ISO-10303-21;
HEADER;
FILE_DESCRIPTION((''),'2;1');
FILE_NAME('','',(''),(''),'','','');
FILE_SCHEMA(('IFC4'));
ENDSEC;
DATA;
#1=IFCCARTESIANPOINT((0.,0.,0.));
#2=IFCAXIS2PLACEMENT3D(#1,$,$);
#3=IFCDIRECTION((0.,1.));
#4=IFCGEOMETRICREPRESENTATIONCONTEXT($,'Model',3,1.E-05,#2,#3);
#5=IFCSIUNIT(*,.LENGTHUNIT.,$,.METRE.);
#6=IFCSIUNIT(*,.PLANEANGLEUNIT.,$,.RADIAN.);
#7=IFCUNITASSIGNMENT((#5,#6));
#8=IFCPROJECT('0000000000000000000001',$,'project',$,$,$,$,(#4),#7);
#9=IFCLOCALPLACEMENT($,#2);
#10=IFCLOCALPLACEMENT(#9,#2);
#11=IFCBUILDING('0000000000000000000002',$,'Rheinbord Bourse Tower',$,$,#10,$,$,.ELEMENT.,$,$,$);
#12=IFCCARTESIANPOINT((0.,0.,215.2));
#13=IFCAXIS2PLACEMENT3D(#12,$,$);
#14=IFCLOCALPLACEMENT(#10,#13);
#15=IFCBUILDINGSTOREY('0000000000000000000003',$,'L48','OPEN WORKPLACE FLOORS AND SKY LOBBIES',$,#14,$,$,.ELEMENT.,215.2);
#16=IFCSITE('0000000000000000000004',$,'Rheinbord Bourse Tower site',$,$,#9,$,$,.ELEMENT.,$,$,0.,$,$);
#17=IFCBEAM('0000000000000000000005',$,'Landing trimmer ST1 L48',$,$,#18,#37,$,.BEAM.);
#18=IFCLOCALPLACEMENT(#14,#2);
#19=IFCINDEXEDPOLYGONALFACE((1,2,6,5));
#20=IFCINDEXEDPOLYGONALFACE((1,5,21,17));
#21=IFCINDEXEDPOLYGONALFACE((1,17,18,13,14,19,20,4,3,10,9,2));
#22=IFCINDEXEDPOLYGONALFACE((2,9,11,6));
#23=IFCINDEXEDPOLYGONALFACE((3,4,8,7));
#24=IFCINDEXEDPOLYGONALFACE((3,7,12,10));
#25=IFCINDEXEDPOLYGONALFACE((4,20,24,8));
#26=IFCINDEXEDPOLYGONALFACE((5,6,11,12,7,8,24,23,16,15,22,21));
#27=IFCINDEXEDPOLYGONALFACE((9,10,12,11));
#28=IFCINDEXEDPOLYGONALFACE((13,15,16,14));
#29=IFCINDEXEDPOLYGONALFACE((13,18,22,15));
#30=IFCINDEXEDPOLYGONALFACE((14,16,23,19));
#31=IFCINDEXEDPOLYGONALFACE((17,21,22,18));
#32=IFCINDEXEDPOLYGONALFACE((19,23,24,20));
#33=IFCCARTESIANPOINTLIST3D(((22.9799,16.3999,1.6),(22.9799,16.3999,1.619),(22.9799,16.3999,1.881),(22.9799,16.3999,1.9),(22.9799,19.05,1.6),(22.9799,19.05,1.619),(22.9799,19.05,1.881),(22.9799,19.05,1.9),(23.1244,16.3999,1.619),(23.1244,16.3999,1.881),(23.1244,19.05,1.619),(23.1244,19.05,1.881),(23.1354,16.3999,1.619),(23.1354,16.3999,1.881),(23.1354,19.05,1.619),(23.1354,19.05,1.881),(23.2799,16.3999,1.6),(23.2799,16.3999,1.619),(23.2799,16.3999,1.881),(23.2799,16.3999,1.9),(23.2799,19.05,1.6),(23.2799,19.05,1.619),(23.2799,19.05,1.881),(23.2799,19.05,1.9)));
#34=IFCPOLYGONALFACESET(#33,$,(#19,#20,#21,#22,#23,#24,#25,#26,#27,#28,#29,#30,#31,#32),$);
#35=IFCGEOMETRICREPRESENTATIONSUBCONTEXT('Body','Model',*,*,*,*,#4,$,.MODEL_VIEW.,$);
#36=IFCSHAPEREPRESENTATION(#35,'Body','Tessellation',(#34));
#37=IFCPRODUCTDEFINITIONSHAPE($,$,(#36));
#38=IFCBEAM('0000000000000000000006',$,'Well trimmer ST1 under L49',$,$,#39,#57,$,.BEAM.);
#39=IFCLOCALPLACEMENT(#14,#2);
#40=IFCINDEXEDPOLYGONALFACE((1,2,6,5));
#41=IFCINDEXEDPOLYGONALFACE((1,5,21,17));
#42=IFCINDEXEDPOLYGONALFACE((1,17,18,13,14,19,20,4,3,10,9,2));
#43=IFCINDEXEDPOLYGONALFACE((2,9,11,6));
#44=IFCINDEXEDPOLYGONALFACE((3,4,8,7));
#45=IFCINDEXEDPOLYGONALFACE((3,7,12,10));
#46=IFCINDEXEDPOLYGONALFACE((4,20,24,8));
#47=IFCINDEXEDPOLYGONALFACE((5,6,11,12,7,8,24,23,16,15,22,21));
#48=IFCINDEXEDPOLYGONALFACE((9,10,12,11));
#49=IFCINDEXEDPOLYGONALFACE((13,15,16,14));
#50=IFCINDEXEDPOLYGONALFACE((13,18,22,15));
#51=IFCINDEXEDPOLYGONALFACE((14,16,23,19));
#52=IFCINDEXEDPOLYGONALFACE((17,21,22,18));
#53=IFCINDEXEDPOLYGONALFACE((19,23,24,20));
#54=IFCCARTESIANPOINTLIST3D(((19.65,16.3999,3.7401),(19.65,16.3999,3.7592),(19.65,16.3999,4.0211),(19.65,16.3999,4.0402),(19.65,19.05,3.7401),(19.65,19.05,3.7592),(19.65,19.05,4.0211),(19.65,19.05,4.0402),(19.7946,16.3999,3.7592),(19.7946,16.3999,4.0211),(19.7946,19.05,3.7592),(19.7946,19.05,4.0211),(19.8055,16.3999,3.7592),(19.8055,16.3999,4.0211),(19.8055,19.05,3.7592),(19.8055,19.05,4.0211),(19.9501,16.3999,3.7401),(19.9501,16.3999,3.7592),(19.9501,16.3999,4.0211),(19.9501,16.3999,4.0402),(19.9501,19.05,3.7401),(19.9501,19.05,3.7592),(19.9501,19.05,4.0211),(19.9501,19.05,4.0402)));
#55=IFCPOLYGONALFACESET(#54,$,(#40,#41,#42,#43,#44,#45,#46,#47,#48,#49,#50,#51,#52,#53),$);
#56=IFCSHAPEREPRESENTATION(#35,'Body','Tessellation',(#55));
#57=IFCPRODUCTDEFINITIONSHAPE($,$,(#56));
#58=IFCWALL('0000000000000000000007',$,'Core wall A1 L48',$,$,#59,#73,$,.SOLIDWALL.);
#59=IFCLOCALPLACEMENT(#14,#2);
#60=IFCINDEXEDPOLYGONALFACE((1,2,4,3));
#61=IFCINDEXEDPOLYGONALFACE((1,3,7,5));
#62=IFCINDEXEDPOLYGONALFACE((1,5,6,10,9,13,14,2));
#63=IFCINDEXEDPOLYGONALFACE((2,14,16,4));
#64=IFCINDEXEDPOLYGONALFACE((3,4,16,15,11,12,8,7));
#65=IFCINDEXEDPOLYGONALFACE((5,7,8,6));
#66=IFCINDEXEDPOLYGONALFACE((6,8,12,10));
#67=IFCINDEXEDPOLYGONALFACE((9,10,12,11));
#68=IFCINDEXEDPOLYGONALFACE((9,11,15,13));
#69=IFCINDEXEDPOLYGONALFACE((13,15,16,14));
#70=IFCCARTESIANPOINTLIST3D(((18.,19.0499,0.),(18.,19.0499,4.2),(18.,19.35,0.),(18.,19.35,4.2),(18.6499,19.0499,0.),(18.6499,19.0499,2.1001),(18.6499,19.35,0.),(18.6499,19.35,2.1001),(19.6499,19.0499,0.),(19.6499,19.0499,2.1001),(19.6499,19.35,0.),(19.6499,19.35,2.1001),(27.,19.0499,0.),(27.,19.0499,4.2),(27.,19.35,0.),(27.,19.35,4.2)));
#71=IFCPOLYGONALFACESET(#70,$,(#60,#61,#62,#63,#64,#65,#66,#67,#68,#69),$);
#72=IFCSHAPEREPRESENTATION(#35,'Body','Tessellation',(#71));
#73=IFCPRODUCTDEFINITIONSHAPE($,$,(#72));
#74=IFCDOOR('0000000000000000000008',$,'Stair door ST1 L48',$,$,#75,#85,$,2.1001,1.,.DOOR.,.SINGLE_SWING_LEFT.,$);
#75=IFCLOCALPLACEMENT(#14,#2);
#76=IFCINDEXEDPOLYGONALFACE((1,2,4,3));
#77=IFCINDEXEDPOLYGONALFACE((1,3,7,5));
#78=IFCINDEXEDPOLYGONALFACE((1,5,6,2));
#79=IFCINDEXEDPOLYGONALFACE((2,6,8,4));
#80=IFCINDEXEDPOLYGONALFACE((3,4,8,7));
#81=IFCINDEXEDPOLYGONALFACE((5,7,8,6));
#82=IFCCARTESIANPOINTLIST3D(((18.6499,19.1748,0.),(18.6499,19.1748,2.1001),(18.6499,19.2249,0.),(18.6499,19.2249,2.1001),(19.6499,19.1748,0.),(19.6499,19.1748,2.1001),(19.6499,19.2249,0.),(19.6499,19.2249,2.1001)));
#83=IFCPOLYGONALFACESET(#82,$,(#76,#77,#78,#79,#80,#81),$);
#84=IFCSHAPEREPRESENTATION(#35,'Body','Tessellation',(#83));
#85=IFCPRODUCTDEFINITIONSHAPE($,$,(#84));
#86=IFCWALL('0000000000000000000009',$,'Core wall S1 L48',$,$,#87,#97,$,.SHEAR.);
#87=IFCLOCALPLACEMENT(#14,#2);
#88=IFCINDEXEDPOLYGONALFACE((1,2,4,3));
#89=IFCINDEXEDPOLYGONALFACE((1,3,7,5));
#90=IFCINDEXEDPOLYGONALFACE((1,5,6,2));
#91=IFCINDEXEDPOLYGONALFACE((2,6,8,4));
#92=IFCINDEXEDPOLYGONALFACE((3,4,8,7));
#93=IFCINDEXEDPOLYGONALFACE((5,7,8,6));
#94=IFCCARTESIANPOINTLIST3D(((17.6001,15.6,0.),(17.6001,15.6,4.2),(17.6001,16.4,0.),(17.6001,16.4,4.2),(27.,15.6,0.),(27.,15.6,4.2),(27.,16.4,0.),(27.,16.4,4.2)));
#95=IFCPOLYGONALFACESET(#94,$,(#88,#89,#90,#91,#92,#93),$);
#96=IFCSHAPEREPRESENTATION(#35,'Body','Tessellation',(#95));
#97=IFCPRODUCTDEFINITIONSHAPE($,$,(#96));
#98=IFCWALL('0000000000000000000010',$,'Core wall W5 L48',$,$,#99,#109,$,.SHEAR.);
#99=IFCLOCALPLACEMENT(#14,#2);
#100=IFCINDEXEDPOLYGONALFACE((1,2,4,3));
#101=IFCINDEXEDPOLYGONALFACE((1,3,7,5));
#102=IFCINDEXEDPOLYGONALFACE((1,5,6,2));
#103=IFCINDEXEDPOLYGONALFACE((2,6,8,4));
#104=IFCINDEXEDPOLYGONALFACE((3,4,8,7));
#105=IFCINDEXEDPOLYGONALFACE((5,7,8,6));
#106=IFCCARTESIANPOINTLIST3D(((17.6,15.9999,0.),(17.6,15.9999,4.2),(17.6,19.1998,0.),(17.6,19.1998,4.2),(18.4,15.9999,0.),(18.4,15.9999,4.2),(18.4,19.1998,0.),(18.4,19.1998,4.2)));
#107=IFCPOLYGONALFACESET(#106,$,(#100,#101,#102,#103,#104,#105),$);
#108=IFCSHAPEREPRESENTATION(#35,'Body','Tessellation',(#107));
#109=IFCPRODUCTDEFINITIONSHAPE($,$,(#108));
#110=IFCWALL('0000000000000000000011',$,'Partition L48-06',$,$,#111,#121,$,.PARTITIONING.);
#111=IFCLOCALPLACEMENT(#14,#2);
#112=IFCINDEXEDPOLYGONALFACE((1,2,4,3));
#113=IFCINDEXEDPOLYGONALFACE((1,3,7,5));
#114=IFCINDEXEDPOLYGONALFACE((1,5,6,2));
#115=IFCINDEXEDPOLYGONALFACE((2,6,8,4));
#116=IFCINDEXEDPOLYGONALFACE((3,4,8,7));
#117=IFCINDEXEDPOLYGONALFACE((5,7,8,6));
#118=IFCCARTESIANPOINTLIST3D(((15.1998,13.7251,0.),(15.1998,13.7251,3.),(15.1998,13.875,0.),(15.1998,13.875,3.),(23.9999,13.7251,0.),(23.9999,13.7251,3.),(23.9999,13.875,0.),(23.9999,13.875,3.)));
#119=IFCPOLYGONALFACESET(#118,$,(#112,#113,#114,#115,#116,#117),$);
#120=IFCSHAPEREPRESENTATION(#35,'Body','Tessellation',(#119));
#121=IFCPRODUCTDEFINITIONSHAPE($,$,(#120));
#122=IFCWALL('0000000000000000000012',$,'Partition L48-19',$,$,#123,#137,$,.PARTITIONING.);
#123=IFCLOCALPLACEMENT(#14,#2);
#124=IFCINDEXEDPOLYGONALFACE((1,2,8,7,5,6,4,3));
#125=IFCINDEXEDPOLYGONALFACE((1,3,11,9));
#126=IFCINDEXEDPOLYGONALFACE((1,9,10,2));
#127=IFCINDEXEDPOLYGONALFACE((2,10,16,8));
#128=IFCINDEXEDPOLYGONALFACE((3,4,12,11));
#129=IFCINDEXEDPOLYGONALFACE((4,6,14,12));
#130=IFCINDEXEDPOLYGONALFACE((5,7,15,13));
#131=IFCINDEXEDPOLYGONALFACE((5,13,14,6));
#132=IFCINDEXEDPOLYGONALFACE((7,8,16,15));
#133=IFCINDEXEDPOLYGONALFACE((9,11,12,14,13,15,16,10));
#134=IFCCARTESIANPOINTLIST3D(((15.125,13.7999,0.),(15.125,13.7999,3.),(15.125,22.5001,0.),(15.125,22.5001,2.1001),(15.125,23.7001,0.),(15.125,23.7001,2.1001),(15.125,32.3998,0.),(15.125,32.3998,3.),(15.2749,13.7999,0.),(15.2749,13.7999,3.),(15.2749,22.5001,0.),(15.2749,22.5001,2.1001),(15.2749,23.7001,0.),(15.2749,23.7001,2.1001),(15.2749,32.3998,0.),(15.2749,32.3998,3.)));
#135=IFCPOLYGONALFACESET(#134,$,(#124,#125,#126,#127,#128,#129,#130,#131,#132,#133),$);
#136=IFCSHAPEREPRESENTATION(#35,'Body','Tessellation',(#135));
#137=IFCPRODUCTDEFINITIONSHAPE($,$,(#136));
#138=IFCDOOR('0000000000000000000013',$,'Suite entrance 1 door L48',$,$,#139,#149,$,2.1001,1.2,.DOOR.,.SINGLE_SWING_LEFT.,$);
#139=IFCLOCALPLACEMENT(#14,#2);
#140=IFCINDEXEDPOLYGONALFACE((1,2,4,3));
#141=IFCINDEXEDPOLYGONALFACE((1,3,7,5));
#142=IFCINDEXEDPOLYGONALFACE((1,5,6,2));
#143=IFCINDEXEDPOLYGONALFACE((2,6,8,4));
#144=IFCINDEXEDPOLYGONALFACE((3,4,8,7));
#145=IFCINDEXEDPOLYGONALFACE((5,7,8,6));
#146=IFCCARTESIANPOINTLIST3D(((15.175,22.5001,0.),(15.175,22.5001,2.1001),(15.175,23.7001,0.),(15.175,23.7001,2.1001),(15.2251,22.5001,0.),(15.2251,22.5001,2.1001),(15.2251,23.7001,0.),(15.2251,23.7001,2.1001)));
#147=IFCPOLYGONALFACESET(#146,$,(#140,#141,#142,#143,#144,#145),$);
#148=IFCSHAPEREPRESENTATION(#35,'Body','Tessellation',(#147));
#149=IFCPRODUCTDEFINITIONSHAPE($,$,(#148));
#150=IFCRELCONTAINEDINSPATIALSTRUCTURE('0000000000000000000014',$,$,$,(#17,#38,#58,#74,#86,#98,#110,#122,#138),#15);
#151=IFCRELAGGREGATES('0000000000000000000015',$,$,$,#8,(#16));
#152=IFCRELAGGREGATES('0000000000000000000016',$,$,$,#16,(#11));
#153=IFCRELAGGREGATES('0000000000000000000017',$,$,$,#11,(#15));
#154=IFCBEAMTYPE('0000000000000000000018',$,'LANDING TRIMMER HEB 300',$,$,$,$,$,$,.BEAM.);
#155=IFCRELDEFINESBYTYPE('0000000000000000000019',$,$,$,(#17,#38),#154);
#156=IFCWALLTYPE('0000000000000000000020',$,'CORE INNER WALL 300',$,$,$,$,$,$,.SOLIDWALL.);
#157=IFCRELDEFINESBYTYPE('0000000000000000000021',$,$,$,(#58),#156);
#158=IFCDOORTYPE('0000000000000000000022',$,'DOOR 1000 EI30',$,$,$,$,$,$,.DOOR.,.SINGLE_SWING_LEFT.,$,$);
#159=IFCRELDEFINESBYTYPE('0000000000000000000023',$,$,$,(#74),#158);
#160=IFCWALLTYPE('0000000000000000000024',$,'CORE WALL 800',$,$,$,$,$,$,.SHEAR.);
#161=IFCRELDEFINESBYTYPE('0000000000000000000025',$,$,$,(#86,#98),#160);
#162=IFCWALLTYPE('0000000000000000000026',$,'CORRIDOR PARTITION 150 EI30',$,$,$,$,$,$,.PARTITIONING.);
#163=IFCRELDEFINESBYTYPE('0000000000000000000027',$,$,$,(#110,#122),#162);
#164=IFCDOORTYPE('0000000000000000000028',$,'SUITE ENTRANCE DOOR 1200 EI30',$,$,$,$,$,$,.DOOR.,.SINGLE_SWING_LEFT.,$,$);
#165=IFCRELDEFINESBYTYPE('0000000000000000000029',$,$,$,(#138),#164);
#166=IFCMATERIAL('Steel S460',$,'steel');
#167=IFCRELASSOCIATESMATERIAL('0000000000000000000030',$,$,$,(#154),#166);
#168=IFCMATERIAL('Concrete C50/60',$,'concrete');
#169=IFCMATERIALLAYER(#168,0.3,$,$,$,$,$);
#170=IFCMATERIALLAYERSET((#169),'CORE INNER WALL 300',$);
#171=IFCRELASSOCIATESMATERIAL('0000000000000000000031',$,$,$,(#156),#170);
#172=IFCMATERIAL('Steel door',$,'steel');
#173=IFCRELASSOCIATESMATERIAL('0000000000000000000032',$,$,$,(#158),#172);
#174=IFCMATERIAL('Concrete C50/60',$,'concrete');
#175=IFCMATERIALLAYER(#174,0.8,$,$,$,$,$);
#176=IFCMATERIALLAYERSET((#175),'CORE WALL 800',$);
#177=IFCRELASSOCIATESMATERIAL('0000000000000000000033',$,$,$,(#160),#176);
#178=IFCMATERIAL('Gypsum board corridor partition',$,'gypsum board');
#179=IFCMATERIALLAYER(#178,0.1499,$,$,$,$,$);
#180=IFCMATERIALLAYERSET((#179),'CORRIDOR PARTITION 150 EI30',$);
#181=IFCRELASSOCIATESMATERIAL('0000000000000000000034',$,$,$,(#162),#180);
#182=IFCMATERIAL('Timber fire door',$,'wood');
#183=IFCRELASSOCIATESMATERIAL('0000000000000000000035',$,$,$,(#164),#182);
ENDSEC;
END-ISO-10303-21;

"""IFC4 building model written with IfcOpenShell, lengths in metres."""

from ifc_helpers import new_model, si_unit, direction, frame, frame_2d, origin, origin_2d, place, context, subcontext, project, spatial, rectangle, i_section, extrude, material, layer, layer_set, material_profile, profile_set, type_object, element, fill, save


model = new_model("IFC4")

# Units and contexts
model_context = context("Model", 3, precision=1e-05, world=origin(), true_north=direction((0.0, 1.0)))
body_context = subcontext(model_context, "Body", "Model", "MODEL_VIEW")
ifc_project = project(units=[si_unit("LENGTHUNIT", "METRE"), si_unit("PLANEANGLEUNIT", "RADIAN")], contexts=[model_context])

# Site, building, storey
site_placement = place(None, origin())
site = spatial("IfcSite", under=ifc_project, at=site_placement, Name="Rheinbord Bourse Tower site", CompositionType="ELEMENT", RefElevation=0.0)
building_placement = place(site_placement, origin())
building = spatial("IfcBuilding", under=site, at=building_placement, Name="Rheinbord Bourse Tower", CompositionType="ELEMENT")
storey_placement = place(building_placement, frame((0.0, 0.0, 215.2)))
storey = spatial("IfcBuildingStorey", under=building, at=storey_placement, Name="L48", Description="OPEN WORKPLACE FLOORS AND SKY LOBBIES", CompositionType="ELEMENT", Elevation=215.2)

# Beams
ifc_material_1 = material(Name="Steel S460", Category="steel")
ifc_material_profile = material_profile(ifc_material_1, i_section(OverallWidth=0.3, OverallDepth=0.3, WebThickness=0.011, FlangeThickness=0.019, at=origin_2d()), Name="HEB 300")
ifc_profile_set = profile_set([ifc_material_profile], Name="Steel S460")
beam_type = type_object("IfcBeamType", Name="LANDING TRIMMER HEB 300", PredefinedType="BEAM", material=ifc_profile_set)
for number, where, z_axis, x_axis, name in (
    (1, (23.1299, 16.3999, 1.75), (0.0, 1.0, 0.0), (-1.0, 0.0, 0.0), "Landing trimmer ST1 L48"),
    (2, (19.8, 16.3999, 3.8901), (0.0, 1.0, 0.0), (-1.0, 0.0, 0.0), "Well trimmer ST1 under L49"),
):
    element("IfcBeam", number, at=place(storey_placement, frame(where, z_axis=z_axis, x_axis=x_axis)), inside=storey, type_object=beam_type, Name=name, PredefinedType="BEAM", context=body_context, shape_type="SweptSolid", body=[
        extrude(i_section(OverallWidth=0.3, OverallDepth=0.3, WebThickness=0.011, FlangeThickness=0.019, at=origin_2d()), origin(), (0.0, 0.0, 1.0), 2.6501),
    ])

# Wall, opening, door
ifc_material_2 = material(Name="Concrete C50/60", Category="concrete")
ifc_layer_1 = layer(ifc_material_2, 0.3)
ifc_layer_set_1 = layer_set([ifc_layer_1], Name="CORE INNER WALL 300")
wall_type_1 = type_object("IfcWallType", Name="CORE INNER WALL 300", PredefinedType="SOLIDWALL", material=ifc_layer_set_1)
wall_1_placement = place(storey_placement, frame((18.0, 19.2, 0.0), z_axis=(0.0, 0.0, 1.0), x_axis=(1.0, 0.0, 0.0)))
wall_1 = element("IfcWall", 3, at=wall_1_placement, inside=storey, type_object=wall_type_1, Name="Core wall A1 L48", PredefinedType="SOLIDWALL", context=body_context, shape_type="SweptSolid", body=[
    extrude(rectangle(XDim=9.0, YDim=0.3, at=frame_2d((4.5, 0.0))), origin(), (0.0, 0.0, 1.0), 4.2),
])
opening_1_placement = place(wall_1_placement, frame((0.6499, 0.0, 0.0)))
opening_1 = element("IfcOpeningElement", 4, at=opening_1_placement, cuts=wall_1, PredefinedType="OPENING", context=body_context, shape_type="SweptSolid", body=[
    extrude(rectangle(XDim=1.0, YDim=2.1001, at=frame_2d((0.5, 1.05))), frame((0.0, 0.1599, 0.0), z_axis=(0.0, -1.0, 0.0), x_axis=(1.0, 0.0, 0.0)), (0.0, 0.0, 1.0), 0.3201),
])
ifc_material_3 = material(Name="Steel door", Category="steel")
door_type_1 = type_object("IfcDoorType", Name="DOOR 1000 EI30", OperationType="SINGLE_SWING_LEFT", PredefinedType="DOOR", material=ifc_material_3)
door_1_placement = place(opening_1_placement, origin())
door_1 = element("IfcDoor", 5, at=door_1_placement, inside=storey, type_object=door_type_1, Name="Stair door ST1 L48", OperationType="SINGLE_SWING_LEFT", OverallHeight=2.1001, OverallWidth=1.0, PredefinedType="DOOR", context=body_context, shape_type="SweptSolid", body=[
    extrude(rectangle(XDim=1.0, YDim=2.1001, at=frame_2d((0.5, 1.05))), frame((0.0, 0.0249, 0.0), z_axis=(0.0, -1.0, 0.0), x_axis=(1.0, 0.0, 0.0)), (0.0, 0.0, 1.0), 0.05),
])
fill(opening_1, door_1)

# Walls
ifc_material_4 = material(Name="Concrete C50/60", Category="concrete")
ifc_layer_2 = layer(ifc_material_4, 0.8)
ifc_layer_set_2 = layer_set([ifc_layer_2], Name="CORE WALL 800")
wall_type_2 = type_object("IfcWallType", Name="CORE WALL 800", PredefinedType="SHEAR", material=ifc_layer_set_2)
wall_2_placement = place(storey_placement, frame((17.6001, 16.0, 0.0), z_axis=(0.0, 0.0, 1.0), x_axis=(1.0, 0.0, 0.0)))
element("IfcWall", 6, at=wall_2_placement, inside=storey, type_object=wall_type_2, Name="Core wall S1 L48", PredefinedType="SHEAR", context=body_context, shape_type="SweptSolid", body=[
    extrude(rectangle(XDim=9.3999, YDim=0.8, at=frame_2d((4.7, 0.0))), origin(), (0.0, 0.0, 1.0), 4.2),
])
wall_3_placement = place(storey_placement, frame((18.0, 19.2, 0.0), z_axis=(0.0, 0.0, 1.0), x_axis=(0.0, -1.0, 0.0)))
element("IfcWall", 7, at=wall_3_placement, inside=storey, type_object=wall_type_2, Name="Core wall W5 L48", PredefinedType="SHEAR", context=body_context, shape_type="SweptSolid", body=[
    extrude(rectangle(XDim=3.2, YDim=0.8, at=frame_2d((1.6001, 0.0))), origin(), (0.0, 0.0, 1.0), 4.2),
])
ifc_material_5 = material(Name="Gypsum board corridor partition", Category="gypsum board")
ifc_layer_3 = layer(ifc_material_5, 0.1499)
ifc_layer_set_3 = layer_set([ifc_layer_3], Name="CORRIDOR PARTITION 150 EI30")
wall_type_3 = type_object("IfcWallType", Name="CORRIDOR PARTITION 150 EI30", PredefinedType="PARTITIONING", material=ifc_layer_set_3)
wall_4_placement = place(storey_placement, frame((15.2, 13.8, 0.0), z_axis=(0.0, 0.0, 1.0), x_axis=(1.0, 0.0, 0.0)))
element("IfcWall", 8, at=wall_4_placement, inside=storey, type_object=wall_type_3, Name="Partition L48-06", PredefinedType="PARTITIONING", context=body_context, shape_type="SweptSolid", body=[
    extrude(rectangle(XDim=8.8, YDim=0.1499, at=frame_2d((4.3999, 0.0))), origin(), (0.0, 0.0, 1.0), 3.0),
])

# Wall, opening, door
wall_5_placement = place(storey_placement, frame((15.2, 13.8, 0.0), z_axis=(0.0, 0.0, 1.0), x_axis=(0.0, 1.0, 0.0)))
wall_5 = element("IfcWall", 9, at=wall_5_placement, inside=storey, type_object=wall_type_3, Name="Partition L48-19", PredefinedType="PARTITIONING", context=body_context, shape_type="SweptSolid", body=[
    extrude(rectangle(XDim=18.5999, YDim=0.1499, at=frame_2d((9.2998, 0.0))), origin(), (0.0, 0.0, 1.0), 3.0),
])
opening_2_placement = place(wall_5_placement, frame((8.7, 0.0, 0.0)))
opening_2 = element("IfcOpeningElement", 10, at=opening_2_placement, cuts=wall_5, PredefinedType="OPENING", context=body_context, shape_type="SweptSolid", body=[
    extrude(rectangle(XDim=1.2, YDim=2.1001, at=frame_2d((0.6001, 1.05))), frame((0.0, 0.085, 0.0), z_axis=(0.0, -1.0, 0.0), x_axis=(1.0, 0.0, 0.0)), (0.0, 0.0, 1.0), 0.1699),
])
ifc_material_6 = material(Name="Timber fire door", Category="wood")
door_type_2 = type_object("IfcDoorType", Name="SUITE ENTRANCE DOOR 1200 EI30", OperationType="SINGLE_SWING_LEFT", PredefinedType="DOOR", material=ifc_material_6)
door_2_placement = place(opening_2_placement, origin())
door_2 = element("IfcDoor", 11, at=door_2_placement, inside=storey, type_object=door_type_2, Name="Suite entrance 1 door L48", OperationType="SINGLE_SWING_LEFT", OverallHeight=2.1001, OverallWidth=1.2, PredefinedType="DOOR", context=body_context, shape_type="SweptSolid", body=[
    extrude(rectangle(XDim=1.2, YDim=2.1001, at=frame_2d((0.6001, 1.05))), frame((0.0, 0.0249, 0.0), z_axis=(0.0, -1.0, 0.0), x_axis=(1.0, 0.0, 0.0)), (0.0, 0.0, 1.0), 0.05),
])
fill(opening_2, door_2)

save(model, "model.ifc")
